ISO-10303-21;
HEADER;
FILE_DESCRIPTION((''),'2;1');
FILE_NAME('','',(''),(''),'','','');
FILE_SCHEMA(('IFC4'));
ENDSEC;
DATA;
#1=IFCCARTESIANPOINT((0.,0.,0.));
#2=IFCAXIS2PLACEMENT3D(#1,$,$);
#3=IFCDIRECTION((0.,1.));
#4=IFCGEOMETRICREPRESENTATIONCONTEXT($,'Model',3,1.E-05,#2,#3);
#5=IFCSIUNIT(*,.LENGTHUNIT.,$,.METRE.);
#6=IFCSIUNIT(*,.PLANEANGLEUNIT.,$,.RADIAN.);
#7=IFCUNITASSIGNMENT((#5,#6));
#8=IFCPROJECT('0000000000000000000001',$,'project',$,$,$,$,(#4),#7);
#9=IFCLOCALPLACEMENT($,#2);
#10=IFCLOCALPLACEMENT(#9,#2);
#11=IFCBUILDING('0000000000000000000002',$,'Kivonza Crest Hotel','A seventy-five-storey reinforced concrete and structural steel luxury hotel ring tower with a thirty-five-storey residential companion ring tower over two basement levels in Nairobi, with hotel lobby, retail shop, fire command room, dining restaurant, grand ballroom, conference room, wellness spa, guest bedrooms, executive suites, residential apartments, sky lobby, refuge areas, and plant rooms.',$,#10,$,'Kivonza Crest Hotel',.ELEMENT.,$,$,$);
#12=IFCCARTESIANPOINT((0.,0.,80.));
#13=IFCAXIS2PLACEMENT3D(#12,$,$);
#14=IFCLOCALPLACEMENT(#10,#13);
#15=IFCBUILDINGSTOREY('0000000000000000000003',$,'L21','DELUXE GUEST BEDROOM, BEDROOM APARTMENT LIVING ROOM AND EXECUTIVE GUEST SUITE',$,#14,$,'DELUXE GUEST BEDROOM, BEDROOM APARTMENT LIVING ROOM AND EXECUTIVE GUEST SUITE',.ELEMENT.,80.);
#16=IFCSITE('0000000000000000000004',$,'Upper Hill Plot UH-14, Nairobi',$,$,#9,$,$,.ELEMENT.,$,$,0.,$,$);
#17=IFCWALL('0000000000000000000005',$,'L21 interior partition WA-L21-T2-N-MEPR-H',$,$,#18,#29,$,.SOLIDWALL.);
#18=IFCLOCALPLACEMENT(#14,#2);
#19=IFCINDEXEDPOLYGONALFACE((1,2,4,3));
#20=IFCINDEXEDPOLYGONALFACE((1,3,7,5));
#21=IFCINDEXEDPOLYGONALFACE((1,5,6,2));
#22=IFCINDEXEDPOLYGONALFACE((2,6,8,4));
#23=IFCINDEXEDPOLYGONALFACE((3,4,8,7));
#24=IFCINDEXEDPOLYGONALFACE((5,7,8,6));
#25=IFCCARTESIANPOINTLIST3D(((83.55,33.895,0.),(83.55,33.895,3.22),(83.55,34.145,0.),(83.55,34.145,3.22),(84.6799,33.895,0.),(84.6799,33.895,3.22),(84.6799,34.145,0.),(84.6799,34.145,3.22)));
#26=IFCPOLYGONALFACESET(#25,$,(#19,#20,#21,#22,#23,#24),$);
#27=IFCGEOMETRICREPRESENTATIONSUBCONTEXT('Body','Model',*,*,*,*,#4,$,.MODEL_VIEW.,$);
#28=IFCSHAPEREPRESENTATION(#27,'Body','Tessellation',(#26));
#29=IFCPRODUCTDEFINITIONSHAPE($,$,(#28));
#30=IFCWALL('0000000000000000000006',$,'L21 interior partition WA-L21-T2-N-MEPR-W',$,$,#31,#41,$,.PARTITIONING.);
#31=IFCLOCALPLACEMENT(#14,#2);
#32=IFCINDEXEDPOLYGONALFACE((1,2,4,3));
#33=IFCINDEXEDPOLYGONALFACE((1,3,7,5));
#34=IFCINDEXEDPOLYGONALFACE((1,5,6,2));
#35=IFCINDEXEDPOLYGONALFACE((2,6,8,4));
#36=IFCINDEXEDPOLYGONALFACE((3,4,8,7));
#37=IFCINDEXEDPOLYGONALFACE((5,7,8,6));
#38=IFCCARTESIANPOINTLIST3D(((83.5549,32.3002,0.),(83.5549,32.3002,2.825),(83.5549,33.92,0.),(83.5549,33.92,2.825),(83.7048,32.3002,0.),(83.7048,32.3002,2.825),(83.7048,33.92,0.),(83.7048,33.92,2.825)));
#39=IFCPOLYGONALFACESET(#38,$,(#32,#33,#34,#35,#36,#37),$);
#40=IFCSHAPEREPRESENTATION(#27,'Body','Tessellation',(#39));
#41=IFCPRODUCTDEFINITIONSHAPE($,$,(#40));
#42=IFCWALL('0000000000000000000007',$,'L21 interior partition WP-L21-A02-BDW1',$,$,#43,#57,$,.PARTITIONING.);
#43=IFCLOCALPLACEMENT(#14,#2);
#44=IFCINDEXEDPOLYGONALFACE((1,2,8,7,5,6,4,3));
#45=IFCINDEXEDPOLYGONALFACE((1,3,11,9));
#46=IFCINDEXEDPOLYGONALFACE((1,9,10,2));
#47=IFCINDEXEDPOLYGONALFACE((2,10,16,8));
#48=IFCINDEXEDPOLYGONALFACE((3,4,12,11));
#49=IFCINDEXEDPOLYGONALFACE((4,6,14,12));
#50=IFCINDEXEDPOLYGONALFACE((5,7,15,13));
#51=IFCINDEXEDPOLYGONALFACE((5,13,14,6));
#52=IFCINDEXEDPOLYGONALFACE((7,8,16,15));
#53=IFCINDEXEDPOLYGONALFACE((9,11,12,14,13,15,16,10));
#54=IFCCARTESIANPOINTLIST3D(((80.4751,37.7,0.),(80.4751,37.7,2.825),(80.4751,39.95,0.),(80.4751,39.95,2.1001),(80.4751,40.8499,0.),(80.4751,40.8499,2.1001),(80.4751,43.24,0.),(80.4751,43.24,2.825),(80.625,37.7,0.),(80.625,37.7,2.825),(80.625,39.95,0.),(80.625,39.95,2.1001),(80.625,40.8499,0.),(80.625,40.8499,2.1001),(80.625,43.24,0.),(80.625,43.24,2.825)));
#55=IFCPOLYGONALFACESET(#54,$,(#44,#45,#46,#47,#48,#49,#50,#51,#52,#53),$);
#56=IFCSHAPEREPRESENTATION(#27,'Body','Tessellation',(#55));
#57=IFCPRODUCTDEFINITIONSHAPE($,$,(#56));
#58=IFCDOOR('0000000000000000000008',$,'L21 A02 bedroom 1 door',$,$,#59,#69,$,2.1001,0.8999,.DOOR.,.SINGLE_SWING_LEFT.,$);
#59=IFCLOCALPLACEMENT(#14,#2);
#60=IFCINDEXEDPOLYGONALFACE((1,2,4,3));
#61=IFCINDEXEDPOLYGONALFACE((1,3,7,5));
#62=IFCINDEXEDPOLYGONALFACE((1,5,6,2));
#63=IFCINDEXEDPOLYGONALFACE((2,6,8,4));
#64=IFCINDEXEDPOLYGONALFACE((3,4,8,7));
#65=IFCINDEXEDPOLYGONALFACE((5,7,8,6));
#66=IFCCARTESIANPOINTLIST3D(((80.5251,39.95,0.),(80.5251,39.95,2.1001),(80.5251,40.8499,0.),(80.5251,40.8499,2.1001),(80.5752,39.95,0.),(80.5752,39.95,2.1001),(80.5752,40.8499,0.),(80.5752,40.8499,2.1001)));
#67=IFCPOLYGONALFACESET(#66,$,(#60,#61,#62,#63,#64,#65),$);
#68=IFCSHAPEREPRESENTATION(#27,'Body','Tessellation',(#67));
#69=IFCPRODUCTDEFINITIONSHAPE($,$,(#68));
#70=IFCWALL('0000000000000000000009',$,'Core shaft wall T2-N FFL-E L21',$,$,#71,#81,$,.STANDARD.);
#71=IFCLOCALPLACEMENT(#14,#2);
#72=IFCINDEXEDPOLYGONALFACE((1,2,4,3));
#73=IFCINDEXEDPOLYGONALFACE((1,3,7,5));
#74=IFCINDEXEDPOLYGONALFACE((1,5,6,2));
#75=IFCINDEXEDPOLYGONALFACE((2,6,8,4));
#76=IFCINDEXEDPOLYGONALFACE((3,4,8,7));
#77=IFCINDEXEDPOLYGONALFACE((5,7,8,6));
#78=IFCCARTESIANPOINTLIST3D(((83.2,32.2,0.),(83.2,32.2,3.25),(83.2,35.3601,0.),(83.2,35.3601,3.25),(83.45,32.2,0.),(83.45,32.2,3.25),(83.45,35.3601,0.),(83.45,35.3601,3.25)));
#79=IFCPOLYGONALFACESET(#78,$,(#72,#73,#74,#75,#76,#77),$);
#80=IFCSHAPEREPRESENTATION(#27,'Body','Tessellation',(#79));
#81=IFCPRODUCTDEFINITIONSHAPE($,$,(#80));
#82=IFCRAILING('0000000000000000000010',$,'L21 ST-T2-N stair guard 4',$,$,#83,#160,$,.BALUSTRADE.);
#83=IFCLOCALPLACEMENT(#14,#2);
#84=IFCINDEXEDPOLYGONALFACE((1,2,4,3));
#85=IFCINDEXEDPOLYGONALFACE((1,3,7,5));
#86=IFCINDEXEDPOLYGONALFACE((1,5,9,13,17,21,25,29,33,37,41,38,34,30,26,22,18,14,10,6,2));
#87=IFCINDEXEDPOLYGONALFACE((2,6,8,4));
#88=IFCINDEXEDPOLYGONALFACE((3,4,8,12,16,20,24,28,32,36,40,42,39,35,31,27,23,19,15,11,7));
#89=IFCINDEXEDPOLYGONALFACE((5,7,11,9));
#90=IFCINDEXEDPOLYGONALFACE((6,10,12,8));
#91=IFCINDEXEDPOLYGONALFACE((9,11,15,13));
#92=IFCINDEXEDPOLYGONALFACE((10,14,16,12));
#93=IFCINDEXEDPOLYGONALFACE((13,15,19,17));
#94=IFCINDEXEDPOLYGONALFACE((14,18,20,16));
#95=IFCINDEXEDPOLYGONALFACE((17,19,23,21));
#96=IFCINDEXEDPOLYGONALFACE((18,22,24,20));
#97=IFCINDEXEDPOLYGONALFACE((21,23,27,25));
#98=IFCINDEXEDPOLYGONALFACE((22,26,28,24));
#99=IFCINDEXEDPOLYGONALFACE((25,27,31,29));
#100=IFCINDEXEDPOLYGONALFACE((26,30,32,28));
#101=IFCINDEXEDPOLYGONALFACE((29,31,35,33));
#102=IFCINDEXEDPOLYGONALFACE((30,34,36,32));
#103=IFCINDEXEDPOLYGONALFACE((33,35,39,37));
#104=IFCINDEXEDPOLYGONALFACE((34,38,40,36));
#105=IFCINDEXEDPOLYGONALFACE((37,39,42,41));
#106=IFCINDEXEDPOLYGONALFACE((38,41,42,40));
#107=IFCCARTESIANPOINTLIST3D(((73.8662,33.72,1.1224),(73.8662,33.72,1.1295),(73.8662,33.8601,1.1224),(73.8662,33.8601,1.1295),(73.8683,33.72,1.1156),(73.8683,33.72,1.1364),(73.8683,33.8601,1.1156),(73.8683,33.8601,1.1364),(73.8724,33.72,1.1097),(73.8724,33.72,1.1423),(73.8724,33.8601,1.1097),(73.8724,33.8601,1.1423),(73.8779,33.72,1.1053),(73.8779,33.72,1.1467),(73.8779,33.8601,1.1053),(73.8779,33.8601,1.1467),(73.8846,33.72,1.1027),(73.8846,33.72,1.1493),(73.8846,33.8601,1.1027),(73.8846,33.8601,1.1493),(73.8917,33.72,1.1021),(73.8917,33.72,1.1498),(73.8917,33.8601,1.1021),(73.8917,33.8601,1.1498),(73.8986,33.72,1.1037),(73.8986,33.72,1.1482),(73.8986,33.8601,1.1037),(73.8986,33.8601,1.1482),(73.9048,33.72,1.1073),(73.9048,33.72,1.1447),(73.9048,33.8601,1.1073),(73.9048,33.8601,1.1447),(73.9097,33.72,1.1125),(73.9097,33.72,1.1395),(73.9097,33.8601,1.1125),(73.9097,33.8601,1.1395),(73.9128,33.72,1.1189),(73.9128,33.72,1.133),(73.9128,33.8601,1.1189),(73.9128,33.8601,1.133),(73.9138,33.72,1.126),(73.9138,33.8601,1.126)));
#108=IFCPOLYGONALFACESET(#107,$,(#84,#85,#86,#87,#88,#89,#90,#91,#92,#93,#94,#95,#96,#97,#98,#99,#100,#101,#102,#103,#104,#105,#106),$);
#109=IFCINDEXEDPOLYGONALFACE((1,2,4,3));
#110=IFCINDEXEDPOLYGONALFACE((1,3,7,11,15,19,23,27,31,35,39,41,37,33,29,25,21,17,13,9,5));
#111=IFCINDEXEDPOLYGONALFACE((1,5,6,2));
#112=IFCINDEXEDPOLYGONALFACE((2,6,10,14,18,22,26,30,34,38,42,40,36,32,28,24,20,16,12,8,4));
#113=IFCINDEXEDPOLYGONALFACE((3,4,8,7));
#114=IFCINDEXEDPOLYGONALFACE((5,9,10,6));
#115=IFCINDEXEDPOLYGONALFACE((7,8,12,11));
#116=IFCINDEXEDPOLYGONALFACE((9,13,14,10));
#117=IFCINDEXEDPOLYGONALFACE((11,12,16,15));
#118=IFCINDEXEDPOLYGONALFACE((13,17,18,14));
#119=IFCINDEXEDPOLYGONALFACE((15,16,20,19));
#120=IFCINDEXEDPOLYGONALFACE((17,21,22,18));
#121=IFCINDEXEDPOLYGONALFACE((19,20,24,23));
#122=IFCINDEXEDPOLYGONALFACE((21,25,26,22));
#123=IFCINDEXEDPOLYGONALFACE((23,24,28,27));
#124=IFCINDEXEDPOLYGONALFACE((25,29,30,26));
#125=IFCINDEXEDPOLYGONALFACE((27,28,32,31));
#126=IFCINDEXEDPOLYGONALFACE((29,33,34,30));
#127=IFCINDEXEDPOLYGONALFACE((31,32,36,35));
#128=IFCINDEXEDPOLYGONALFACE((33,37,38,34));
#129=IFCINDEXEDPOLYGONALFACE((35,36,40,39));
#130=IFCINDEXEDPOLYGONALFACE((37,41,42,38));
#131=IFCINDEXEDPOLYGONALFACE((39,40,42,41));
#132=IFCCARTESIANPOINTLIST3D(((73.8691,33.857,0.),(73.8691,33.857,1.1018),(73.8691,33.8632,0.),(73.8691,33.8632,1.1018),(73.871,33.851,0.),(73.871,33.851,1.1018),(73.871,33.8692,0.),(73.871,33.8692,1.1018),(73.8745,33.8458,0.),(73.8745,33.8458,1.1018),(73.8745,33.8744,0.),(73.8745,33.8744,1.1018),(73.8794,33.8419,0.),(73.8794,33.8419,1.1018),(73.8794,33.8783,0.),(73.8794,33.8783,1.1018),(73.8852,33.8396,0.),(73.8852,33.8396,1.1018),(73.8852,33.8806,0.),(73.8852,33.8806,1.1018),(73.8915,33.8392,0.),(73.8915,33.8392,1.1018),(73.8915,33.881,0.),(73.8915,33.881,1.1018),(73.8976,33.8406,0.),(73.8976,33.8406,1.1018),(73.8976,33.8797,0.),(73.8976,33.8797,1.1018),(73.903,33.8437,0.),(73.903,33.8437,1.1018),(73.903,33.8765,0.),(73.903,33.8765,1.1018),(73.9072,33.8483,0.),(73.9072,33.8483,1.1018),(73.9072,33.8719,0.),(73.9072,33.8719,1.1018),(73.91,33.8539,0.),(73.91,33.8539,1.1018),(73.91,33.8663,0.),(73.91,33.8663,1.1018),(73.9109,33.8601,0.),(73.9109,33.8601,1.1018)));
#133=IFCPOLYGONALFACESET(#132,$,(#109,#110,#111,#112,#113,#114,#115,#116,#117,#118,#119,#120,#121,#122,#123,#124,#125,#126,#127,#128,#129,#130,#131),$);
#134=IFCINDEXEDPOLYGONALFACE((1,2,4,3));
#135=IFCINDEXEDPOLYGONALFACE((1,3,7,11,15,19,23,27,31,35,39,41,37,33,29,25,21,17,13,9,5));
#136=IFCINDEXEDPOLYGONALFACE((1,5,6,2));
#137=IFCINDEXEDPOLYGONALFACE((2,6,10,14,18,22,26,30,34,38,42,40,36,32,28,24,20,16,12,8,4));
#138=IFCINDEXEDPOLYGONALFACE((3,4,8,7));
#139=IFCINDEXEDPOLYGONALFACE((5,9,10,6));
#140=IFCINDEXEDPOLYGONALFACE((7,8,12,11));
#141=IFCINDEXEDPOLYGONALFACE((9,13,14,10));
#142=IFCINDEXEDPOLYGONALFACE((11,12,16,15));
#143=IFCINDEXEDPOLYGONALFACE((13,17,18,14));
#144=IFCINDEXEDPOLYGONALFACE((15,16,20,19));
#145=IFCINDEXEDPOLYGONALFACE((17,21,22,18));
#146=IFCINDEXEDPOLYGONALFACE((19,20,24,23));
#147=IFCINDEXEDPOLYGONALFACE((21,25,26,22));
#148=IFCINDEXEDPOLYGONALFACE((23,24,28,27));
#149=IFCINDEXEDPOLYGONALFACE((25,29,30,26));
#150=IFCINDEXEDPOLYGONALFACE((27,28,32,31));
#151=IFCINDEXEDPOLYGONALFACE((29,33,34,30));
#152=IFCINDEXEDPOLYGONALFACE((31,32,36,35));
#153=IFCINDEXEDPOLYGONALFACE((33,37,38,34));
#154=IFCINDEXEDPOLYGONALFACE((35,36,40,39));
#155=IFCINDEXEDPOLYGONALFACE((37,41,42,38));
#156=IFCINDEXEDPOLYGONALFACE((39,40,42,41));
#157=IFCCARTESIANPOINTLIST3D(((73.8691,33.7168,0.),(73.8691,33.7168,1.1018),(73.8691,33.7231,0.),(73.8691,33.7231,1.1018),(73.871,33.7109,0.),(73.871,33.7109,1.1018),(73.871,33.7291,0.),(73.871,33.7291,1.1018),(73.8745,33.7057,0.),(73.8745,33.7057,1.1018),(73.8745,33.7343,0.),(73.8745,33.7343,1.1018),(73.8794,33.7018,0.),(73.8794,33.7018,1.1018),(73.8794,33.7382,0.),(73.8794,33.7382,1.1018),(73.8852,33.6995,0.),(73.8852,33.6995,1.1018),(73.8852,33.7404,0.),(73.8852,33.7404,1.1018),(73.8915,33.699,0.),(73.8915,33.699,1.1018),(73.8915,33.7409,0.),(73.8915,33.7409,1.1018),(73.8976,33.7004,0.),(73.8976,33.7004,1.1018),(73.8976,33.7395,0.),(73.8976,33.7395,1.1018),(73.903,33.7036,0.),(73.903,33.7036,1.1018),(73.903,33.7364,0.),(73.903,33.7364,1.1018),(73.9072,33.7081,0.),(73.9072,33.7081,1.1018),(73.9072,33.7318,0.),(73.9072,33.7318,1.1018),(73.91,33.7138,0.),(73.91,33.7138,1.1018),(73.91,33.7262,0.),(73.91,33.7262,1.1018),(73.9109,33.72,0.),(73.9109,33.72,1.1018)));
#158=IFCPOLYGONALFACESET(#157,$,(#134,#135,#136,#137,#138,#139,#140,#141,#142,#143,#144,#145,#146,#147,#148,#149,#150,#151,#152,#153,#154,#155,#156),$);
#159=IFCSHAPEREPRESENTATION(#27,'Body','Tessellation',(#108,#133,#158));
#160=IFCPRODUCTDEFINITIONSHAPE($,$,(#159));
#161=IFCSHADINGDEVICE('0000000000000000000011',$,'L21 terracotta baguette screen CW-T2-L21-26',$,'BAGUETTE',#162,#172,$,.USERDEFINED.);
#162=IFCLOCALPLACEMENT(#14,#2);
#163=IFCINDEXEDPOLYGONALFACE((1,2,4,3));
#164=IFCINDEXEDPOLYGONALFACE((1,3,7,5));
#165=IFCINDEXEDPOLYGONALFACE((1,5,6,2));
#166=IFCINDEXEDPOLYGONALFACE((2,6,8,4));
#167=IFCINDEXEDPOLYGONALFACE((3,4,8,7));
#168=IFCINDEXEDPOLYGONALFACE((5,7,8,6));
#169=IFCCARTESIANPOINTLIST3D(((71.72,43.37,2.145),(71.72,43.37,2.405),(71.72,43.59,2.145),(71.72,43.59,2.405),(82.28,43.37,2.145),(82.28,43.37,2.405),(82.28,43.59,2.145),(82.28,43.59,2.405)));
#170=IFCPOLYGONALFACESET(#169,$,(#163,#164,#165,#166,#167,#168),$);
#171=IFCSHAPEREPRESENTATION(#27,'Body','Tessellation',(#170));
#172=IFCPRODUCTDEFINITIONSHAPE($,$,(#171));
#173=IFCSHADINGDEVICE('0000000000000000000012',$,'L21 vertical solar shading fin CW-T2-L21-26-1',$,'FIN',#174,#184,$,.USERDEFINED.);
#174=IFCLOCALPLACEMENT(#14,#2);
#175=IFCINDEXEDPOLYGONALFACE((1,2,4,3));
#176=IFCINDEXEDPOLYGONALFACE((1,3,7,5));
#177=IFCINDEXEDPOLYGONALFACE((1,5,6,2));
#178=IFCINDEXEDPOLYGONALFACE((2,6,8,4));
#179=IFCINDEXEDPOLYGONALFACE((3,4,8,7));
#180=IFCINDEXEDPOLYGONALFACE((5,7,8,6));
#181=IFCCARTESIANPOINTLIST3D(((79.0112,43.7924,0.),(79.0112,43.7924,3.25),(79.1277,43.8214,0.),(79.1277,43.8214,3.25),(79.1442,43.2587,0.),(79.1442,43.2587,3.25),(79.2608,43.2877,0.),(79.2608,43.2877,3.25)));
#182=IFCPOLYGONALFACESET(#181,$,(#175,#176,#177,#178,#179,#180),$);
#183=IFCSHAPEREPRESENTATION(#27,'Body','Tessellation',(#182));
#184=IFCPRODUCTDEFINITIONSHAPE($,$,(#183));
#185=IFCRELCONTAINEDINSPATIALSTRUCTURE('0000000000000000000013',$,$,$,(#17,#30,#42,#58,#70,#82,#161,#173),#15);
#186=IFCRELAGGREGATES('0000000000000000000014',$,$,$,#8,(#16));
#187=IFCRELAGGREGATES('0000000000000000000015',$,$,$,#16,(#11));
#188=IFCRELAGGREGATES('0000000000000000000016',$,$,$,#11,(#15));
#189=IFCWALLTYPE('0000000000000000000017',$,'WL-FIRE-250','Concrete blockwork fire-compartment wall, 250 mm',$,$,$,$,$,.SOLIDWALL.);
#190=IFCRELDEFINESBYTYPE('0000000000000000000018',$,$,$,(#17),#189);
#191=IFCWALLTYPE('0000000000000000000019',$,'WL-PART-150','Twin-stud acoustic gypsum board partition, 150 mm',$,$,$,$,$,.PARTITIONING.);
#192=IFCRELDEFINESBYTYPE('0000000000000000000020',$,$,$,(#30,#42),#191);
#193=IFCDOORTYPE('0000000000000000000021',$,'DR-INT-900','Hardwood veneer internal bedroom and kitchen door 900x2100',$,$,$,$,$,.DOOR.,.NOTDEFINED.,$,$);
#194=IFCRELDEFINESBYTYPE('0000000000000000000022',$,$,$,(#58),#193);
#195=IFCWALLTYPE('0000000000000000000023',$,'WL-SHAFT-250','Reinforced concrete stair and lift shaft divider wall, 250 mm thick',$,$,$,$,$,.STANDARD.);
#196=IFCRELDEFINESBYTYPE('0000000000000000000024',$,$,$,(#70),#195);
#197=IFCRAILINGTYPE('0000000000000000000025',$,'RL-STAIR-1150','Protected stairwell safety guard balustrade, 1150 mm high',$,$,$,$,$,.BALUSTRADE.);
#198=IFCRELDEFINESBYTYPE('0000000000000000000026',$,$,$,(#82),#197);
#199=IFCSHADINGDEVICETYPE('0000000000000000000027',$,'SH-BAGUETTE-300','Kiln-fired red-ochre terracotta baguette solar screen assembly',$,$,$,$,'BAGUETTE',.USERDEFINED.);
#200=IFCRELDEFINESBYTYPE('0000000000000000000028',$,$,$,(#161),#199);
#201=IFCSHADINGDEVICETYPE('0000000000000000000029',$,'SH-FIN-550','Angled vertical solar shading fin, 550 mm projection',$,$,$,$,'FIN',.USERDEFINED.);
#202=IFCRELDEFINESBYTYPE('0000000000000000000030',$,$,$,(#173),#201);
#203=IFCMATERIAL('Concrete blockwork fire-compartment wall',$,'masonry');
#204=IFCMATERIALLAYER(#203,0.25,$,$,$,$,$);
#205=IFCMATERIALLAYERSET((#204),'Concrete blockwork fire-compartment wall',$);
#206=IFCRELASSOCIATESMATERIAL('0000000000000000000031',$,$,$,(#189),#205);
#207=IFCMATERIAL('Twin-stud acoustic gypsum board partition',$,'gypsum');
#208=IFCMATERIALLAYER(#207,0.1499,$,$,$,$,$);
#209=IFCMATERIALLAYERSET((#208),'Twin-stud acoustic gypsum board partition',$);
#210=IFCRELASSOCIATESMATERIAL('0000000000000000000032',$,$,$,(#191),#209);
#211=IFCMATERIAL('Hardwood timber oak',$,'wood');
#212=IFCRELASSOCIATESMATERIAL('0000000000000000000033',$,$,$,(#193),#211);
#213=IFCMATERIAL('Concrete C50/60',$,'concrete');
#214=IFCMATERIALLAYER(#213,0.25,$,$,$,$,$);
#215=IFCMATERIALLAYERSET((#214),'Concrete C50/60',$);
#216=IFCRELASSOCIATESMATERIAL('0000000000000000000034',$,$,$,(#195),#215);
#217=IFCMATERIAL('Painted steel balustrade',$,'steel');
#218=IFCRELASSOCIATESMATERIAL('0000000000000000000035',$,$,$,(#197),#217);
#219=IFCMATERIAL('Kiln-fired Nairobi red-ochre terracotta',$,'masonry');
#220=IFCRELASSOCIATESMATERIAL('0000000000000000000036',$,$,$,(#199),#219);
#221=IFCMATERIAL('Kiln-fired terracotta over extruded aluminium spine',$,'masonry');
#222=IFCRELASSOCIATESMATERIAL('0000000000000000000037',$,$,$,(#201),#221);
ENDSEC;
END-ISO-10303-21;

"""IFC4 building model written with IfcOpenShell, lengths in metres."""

from ifc_helpers import new_model, si_unit, direction, frame, frame_2d, origin, origin_2d, place, context, subcontext, project, spatial, rectangle, circle, extrude, material, layer, layer_set, type_object, element, fill, save


model = new_model("IFC4")

# Units and contexts
model_context = context("Model", 3, precision=1e-05, world=origin(), true_north=direction((0.0, 1.0)))
body_context = subcontext(model_context, "Body", "Model", "MODEL_VIEW")
ifc_project = project(units=[si_unit("LENGTHUNIT", "METRE"), si_unit("PLANEANGLEUNIT", "RADIAN")], contexts=[model_context])

# Site, building, storey
site_placement = place(None, origin())
site = spatial("IfcSite", under=ifc_project, at=site_placement, Name="Upper Hill Plot UH-14, Nairobi", CompositionType="ELEMENT", RefElevation=0.0)
building_placement = place(site_placement, origin())
building = spatial("IfcBuilding", under=site, at=building_placement, Name="Kivonza Crest Hotel", Description="A seventy-five-storey reinforced concrete and structural steel luxury hotel ring tower with a thirty-five-storey residential companion ring tower over two basement levels in Nairobi, with hotel lobby, retail shop, fire command room, dining restaurant, grand ballroom, conference room, wellness spa, guest bedrooms, executive suites, residential apartments, sky lobby, refuge areas, and plant rooms.", LongName="Kivonza Crest Hotel", CompositionType="ELEMENT")
storey_placement = place(building_placement, frame((0.0, 0.0, 80.0)))
storey = spatial("IfcBuildingStorey", under=building, at=storey_placement, Name="L21", Description="DELUXE GUEST BEDROOM, BEDROOM APARTMENT LIVING ROOM AND EXECUTIVE GUEST SUITE", LongName="DELUXE GUEST BEDROOM, BEDROOM APARTMENT LIVING ROOM AND EXECUTIVE GUEST SUITE", CompositionType="ELEMENT", Elevation=80.0)

# Shared definitions
ifc_material_1 = material(Name="Concrete C50/60", Category="concrete")

# Shared definitions
ifc_material_2 = material(Name="Hardwood timber oak", Category="wood")

# Walls
ifc_material_3 = material(Name="Concrete blockwork fire-compartment wall", Category="masonry")
ifc_layer_1 = layer(ifc_material_3, 0.25)
ifc_layer_set_1 = layer_set([ifc_layer_1], Name="Concrete blockwork fire-compartment wall")
wall_type_1 = type_object("IfcWallType", Name="WL-FIRE-250", Description="Concrete blockwork fire-compartment wall, 250 mm", PredefinedType="SOLIDWALL", material=ifc_layer_set_1)
wall_1_placement = place(storey_placement, frame((83.55, 34.02, 0.0), z_axis=(0.0, 0.0, 1.0), x_axis=(1.0, 0.0, 0.0)))
element("IfcWall", 1, at=wall_1_placement, inside=storey, type_object=wall_type_1, Name="L21 interior partition WA-L21-T2-N-MEPR-H", PredefinedType="SOLIDWALL", context=body_context, shape_type="SweptSolid", body=[
    extrude(rectangle(XDim=1.1299, YDim=0.25, at=frame_2d((0.5649, 0.0))), origin(), (0.0, 0.0, 1.0), 3.22),
])
ifc_material_4 = material(Name="Twin-stud acoustic gypsum board partition", Category="gypsum")
ifc_layer_2 = layer(ifc_material_4, 0.1499)
ifc_layer_set_2 = layer_set([ifc_layer_2], Name="Twin-stud acoustic gypsum board partition")
wall_type_2 = type_object("IfcWallType", Name="WL-PART-150", Description="Twin-stud acoustic gypsum board partition, 150 mm", PredefinedType="PARTITIONING", material=ifc_layer_set_2)
wall_2_placement = place(storey_placement, frame((83.6299, 32.3, 0.0), z_axis=(0.0, 0.0, 1.0), x_axis=(0.0, 1.0, 0.0)))
element("IfcWall", 2, at=wall_2_placement, inside=storey, type_object=wall_type_2, Name="L21 interior partition WA-L21-T2-N-MEPR-W", PredefinedType="PARTITIONING", context=body_context, shape_type="SweptSolid", body=[
    extrude(rectangle(XDim=1.6199, YDim=0.1499, at=frame_2d((0.8101, 0.0))), origin(), (0.0, 0.0, 1.0), 2.825),
])

# Wall, opening, door
wall_3_placement = place(storey_placement, frame((80.55, 37.7, 0.0), z_axis=(0.0, 0.0, 1.0), x_axis=(0.0, 1.0, 0.0)))
wall_3 = element("IfcWall", 3, at=wall_3_placement, inside=storey, type_object=wall_type_2, Name="L21 interior partition WP-L21-A02-BDW1", PredefinedType="PARTITIONING", context=body_context, shape_type="SweptSolid", body=[
    extrude(rectangle(XDim=5.54, YDim=0.1499, at=frame_2d((2.77, 0.0))), origin(), (0.0, 0.0, 1.0), 2.825),
])
opening_1_placement = place(wall_3_placement, frame((2.25, 0.0, 0.0)))
opening_1 = element("IfcOpeningElement", 4, at=opening_1_placement, cuts=wall_3, PredefinedType="OPENING", context=body_context, shape_type="SweptSolid", body=[
    extrude(rectangle(XDim=0.8999, YDim=2.1001, at=frame_2d((0.45, 1.05))), frame((0.0, 0.085, 0.0), z_axis=(0.0, -1.0, 0.0), x_axis=(1.0, 0.0, 0.0)), (0.0, 0.0, 1.0), 0.1699),
])
door_type_1 = type_object("IfcDoorType", Name="DR-INT-900", Description="Hardwood veneer internal bedroom and kitchen door 900x2100", OperationType="NOTDEFINED", PredefinedType="DOOR", material=ifc_material_2)
door_1_placement = place(opening_1_placement, origin())
door_1 = element("IfcDoor", 5, at=door_1_placement, inside=storey, type_object=door_type_1, Name="L21 A02 bedroom 1 door", OperationType="SINGLE_SWING_LEFT", OverallHeight=2.1001, OverallWidth=0.8999, PredefinedType="DOOR", context=body_context, shape_type="SweptSolid", body=[
    extrude(rectangle(XDim=0.8999, YDim=2.1001, at=frame_2d((0.45, 1.05))), frame((0.0, 0.0249, 0.0), z_axis=(0.0, -1.0, 0.0), x_axis=(1.0, 0.0, 0.0)), (0.0, 0.0, 1.0), 0.05),
])
fill(opening_1, door_1)
ifc_layer_3 = layer(ifc_material_1, 0.25)
ifc_layer_set_3 = layer_set([ifc_layer_3], Name="Concrete C50/60")
wall_type_3 = type_object("IfcWallType", Name="WL-SHAFT-250", Description="Reinforced concrete stair and lift shaft divider wall, 250 mm thick", PredefinedType="STANDARD", material=ifc_layer_set_3)

# Wall
wall_4_placement = place(storey_placement, frame((83.325, 32.2, 0.0), z_axis=(0.0, 0.0, 1.0), x_axis=(0.0, 1.0, 0.0)))
element("IfcWall", 6, at=wall_4_placement, inside=storey, type_object=wall_type_3, Name="Core shaft wall T2-N FFL-E L21", PredefinedType="STANDARD", context=body_context, shape_type="SweptSolid", body=[
    extrude(rectangle(XDim=3.1602, YDim=0.25, at=frame_2d((1.5801, 0.0))), origin(), (0.0, 0.0, 1.0), 3.25),
])

# Railing
ifc_material_5 = material(Name="Painted steel balustrade", Category="steel")
railing_type = type_object("IfcRailingType", Name="RL-STAIR-1150", Description="Protected stairwell safety guard balustrade, 1150 mm high", PredefinedType="BALUSTRADE", material=ifc_material_5)
railing_placement = place(storey_placement, frame((73.8899, 33.8601, 0.0)))
element("IfcRailing", 7, at=railing_placement, inside=storey, type_object=railing_type, Name="L21 ST-T2-N stair guard 4", PredefinedType="BALUSTRADE", context=body_context, shape_type="SweptSolid", body=[
    extrude(circle(Radius=0.0239, at=origin_2d()), frame((0.0, 0.0, 1.126), z_axis=(0.0, -1.0, 0.0), x_axis=(1.0, 0.0, 0.0)), (0.0, 0.0, 1.0), 0.1401),
    extrude(circle(Radius=0.021, at=origin_2d()), origin(), (0.0, 0.0, 1.0), 1.1018),
    extrude(circle(Radius=0.021, at=origin_2d()), frame((0.0, -0.1401, 0.0)), (0.0, 0.0, 1.0), 1.1018),
])

# Shading devices
ifc_material_6 = material(Name="Kiln-fired Nairobi red-ochre terracotta", Category="masonry")
shading_device_type_1 = type_object("IfcShadingDeviceType", Name="SH-BAGUETTE-300", Description="Kiln-fired red-ochre terracotta baguette solar screen assembly", ElementType="BAGUETTE", PredefinedType="USERDEFINED", material=ifc_material_6)
shading_device_placement = place(storey_placement, frame((77.0, 43.48, 2.145), z_axis=(0.0, 0.0, 1.0), x_axis=(-1.0, 0.0, 0.0)))
element("IfcShadingDevice", 8, at=shading_device_placement, inside=storey, type_object=shading_device_type_1, Name="L21 terracotta baguette screen CW-T2-L21-26", ObjectType="BAGUETTE", PredefinedType="USERDEFINED", context=body_context, shape_type="SweptSolid", body=[
    extrude(rectangle(XDim=10.5601, YDim=0.22, at=origin_2d()), origin(), (0.0, 0.0, 1.0), 0.26),
])
ifc_material_7 = material(Name="Kiln-fired terracotta over extruded aluminium spine", Category="masonry")
shading_device_type_2 = type_object("IfcShadingDeviceType", Name="SH-FIN-550", Description="Angled vertical solar shading fin, 550 mm projection", ElementType="FIN", PredefinedType="USERDEFINED", material=ifc_material_7)
for number, where, z_axis, x_axis, name in (
    (9, (79.136, 43.54, 0.0), (0.0, 0.0, 1.0), (-0.970296, -0.241922, 0.0), "L21 vertical solar shading fin CW-T2-L21-26-1"),
):
    element("IfcShadingDevice", number, at=place(storey_placement, frame(where, z_axis=z_axis, x_axis=x_axis)), inside=storey, type_object=shading_device_type_2, Name=name, ObjectType="FIN", PredefinedType="USERDEFINED", context=body_context, shape_type="SweptSolid", body=[
        extrude(rectangle(XDim=0.1201, YDim=0.55, at=origin_2d()), origin(), (0.0, 0.0, 1.0), 3.25),
    ])

save(model, "model.ifc")
